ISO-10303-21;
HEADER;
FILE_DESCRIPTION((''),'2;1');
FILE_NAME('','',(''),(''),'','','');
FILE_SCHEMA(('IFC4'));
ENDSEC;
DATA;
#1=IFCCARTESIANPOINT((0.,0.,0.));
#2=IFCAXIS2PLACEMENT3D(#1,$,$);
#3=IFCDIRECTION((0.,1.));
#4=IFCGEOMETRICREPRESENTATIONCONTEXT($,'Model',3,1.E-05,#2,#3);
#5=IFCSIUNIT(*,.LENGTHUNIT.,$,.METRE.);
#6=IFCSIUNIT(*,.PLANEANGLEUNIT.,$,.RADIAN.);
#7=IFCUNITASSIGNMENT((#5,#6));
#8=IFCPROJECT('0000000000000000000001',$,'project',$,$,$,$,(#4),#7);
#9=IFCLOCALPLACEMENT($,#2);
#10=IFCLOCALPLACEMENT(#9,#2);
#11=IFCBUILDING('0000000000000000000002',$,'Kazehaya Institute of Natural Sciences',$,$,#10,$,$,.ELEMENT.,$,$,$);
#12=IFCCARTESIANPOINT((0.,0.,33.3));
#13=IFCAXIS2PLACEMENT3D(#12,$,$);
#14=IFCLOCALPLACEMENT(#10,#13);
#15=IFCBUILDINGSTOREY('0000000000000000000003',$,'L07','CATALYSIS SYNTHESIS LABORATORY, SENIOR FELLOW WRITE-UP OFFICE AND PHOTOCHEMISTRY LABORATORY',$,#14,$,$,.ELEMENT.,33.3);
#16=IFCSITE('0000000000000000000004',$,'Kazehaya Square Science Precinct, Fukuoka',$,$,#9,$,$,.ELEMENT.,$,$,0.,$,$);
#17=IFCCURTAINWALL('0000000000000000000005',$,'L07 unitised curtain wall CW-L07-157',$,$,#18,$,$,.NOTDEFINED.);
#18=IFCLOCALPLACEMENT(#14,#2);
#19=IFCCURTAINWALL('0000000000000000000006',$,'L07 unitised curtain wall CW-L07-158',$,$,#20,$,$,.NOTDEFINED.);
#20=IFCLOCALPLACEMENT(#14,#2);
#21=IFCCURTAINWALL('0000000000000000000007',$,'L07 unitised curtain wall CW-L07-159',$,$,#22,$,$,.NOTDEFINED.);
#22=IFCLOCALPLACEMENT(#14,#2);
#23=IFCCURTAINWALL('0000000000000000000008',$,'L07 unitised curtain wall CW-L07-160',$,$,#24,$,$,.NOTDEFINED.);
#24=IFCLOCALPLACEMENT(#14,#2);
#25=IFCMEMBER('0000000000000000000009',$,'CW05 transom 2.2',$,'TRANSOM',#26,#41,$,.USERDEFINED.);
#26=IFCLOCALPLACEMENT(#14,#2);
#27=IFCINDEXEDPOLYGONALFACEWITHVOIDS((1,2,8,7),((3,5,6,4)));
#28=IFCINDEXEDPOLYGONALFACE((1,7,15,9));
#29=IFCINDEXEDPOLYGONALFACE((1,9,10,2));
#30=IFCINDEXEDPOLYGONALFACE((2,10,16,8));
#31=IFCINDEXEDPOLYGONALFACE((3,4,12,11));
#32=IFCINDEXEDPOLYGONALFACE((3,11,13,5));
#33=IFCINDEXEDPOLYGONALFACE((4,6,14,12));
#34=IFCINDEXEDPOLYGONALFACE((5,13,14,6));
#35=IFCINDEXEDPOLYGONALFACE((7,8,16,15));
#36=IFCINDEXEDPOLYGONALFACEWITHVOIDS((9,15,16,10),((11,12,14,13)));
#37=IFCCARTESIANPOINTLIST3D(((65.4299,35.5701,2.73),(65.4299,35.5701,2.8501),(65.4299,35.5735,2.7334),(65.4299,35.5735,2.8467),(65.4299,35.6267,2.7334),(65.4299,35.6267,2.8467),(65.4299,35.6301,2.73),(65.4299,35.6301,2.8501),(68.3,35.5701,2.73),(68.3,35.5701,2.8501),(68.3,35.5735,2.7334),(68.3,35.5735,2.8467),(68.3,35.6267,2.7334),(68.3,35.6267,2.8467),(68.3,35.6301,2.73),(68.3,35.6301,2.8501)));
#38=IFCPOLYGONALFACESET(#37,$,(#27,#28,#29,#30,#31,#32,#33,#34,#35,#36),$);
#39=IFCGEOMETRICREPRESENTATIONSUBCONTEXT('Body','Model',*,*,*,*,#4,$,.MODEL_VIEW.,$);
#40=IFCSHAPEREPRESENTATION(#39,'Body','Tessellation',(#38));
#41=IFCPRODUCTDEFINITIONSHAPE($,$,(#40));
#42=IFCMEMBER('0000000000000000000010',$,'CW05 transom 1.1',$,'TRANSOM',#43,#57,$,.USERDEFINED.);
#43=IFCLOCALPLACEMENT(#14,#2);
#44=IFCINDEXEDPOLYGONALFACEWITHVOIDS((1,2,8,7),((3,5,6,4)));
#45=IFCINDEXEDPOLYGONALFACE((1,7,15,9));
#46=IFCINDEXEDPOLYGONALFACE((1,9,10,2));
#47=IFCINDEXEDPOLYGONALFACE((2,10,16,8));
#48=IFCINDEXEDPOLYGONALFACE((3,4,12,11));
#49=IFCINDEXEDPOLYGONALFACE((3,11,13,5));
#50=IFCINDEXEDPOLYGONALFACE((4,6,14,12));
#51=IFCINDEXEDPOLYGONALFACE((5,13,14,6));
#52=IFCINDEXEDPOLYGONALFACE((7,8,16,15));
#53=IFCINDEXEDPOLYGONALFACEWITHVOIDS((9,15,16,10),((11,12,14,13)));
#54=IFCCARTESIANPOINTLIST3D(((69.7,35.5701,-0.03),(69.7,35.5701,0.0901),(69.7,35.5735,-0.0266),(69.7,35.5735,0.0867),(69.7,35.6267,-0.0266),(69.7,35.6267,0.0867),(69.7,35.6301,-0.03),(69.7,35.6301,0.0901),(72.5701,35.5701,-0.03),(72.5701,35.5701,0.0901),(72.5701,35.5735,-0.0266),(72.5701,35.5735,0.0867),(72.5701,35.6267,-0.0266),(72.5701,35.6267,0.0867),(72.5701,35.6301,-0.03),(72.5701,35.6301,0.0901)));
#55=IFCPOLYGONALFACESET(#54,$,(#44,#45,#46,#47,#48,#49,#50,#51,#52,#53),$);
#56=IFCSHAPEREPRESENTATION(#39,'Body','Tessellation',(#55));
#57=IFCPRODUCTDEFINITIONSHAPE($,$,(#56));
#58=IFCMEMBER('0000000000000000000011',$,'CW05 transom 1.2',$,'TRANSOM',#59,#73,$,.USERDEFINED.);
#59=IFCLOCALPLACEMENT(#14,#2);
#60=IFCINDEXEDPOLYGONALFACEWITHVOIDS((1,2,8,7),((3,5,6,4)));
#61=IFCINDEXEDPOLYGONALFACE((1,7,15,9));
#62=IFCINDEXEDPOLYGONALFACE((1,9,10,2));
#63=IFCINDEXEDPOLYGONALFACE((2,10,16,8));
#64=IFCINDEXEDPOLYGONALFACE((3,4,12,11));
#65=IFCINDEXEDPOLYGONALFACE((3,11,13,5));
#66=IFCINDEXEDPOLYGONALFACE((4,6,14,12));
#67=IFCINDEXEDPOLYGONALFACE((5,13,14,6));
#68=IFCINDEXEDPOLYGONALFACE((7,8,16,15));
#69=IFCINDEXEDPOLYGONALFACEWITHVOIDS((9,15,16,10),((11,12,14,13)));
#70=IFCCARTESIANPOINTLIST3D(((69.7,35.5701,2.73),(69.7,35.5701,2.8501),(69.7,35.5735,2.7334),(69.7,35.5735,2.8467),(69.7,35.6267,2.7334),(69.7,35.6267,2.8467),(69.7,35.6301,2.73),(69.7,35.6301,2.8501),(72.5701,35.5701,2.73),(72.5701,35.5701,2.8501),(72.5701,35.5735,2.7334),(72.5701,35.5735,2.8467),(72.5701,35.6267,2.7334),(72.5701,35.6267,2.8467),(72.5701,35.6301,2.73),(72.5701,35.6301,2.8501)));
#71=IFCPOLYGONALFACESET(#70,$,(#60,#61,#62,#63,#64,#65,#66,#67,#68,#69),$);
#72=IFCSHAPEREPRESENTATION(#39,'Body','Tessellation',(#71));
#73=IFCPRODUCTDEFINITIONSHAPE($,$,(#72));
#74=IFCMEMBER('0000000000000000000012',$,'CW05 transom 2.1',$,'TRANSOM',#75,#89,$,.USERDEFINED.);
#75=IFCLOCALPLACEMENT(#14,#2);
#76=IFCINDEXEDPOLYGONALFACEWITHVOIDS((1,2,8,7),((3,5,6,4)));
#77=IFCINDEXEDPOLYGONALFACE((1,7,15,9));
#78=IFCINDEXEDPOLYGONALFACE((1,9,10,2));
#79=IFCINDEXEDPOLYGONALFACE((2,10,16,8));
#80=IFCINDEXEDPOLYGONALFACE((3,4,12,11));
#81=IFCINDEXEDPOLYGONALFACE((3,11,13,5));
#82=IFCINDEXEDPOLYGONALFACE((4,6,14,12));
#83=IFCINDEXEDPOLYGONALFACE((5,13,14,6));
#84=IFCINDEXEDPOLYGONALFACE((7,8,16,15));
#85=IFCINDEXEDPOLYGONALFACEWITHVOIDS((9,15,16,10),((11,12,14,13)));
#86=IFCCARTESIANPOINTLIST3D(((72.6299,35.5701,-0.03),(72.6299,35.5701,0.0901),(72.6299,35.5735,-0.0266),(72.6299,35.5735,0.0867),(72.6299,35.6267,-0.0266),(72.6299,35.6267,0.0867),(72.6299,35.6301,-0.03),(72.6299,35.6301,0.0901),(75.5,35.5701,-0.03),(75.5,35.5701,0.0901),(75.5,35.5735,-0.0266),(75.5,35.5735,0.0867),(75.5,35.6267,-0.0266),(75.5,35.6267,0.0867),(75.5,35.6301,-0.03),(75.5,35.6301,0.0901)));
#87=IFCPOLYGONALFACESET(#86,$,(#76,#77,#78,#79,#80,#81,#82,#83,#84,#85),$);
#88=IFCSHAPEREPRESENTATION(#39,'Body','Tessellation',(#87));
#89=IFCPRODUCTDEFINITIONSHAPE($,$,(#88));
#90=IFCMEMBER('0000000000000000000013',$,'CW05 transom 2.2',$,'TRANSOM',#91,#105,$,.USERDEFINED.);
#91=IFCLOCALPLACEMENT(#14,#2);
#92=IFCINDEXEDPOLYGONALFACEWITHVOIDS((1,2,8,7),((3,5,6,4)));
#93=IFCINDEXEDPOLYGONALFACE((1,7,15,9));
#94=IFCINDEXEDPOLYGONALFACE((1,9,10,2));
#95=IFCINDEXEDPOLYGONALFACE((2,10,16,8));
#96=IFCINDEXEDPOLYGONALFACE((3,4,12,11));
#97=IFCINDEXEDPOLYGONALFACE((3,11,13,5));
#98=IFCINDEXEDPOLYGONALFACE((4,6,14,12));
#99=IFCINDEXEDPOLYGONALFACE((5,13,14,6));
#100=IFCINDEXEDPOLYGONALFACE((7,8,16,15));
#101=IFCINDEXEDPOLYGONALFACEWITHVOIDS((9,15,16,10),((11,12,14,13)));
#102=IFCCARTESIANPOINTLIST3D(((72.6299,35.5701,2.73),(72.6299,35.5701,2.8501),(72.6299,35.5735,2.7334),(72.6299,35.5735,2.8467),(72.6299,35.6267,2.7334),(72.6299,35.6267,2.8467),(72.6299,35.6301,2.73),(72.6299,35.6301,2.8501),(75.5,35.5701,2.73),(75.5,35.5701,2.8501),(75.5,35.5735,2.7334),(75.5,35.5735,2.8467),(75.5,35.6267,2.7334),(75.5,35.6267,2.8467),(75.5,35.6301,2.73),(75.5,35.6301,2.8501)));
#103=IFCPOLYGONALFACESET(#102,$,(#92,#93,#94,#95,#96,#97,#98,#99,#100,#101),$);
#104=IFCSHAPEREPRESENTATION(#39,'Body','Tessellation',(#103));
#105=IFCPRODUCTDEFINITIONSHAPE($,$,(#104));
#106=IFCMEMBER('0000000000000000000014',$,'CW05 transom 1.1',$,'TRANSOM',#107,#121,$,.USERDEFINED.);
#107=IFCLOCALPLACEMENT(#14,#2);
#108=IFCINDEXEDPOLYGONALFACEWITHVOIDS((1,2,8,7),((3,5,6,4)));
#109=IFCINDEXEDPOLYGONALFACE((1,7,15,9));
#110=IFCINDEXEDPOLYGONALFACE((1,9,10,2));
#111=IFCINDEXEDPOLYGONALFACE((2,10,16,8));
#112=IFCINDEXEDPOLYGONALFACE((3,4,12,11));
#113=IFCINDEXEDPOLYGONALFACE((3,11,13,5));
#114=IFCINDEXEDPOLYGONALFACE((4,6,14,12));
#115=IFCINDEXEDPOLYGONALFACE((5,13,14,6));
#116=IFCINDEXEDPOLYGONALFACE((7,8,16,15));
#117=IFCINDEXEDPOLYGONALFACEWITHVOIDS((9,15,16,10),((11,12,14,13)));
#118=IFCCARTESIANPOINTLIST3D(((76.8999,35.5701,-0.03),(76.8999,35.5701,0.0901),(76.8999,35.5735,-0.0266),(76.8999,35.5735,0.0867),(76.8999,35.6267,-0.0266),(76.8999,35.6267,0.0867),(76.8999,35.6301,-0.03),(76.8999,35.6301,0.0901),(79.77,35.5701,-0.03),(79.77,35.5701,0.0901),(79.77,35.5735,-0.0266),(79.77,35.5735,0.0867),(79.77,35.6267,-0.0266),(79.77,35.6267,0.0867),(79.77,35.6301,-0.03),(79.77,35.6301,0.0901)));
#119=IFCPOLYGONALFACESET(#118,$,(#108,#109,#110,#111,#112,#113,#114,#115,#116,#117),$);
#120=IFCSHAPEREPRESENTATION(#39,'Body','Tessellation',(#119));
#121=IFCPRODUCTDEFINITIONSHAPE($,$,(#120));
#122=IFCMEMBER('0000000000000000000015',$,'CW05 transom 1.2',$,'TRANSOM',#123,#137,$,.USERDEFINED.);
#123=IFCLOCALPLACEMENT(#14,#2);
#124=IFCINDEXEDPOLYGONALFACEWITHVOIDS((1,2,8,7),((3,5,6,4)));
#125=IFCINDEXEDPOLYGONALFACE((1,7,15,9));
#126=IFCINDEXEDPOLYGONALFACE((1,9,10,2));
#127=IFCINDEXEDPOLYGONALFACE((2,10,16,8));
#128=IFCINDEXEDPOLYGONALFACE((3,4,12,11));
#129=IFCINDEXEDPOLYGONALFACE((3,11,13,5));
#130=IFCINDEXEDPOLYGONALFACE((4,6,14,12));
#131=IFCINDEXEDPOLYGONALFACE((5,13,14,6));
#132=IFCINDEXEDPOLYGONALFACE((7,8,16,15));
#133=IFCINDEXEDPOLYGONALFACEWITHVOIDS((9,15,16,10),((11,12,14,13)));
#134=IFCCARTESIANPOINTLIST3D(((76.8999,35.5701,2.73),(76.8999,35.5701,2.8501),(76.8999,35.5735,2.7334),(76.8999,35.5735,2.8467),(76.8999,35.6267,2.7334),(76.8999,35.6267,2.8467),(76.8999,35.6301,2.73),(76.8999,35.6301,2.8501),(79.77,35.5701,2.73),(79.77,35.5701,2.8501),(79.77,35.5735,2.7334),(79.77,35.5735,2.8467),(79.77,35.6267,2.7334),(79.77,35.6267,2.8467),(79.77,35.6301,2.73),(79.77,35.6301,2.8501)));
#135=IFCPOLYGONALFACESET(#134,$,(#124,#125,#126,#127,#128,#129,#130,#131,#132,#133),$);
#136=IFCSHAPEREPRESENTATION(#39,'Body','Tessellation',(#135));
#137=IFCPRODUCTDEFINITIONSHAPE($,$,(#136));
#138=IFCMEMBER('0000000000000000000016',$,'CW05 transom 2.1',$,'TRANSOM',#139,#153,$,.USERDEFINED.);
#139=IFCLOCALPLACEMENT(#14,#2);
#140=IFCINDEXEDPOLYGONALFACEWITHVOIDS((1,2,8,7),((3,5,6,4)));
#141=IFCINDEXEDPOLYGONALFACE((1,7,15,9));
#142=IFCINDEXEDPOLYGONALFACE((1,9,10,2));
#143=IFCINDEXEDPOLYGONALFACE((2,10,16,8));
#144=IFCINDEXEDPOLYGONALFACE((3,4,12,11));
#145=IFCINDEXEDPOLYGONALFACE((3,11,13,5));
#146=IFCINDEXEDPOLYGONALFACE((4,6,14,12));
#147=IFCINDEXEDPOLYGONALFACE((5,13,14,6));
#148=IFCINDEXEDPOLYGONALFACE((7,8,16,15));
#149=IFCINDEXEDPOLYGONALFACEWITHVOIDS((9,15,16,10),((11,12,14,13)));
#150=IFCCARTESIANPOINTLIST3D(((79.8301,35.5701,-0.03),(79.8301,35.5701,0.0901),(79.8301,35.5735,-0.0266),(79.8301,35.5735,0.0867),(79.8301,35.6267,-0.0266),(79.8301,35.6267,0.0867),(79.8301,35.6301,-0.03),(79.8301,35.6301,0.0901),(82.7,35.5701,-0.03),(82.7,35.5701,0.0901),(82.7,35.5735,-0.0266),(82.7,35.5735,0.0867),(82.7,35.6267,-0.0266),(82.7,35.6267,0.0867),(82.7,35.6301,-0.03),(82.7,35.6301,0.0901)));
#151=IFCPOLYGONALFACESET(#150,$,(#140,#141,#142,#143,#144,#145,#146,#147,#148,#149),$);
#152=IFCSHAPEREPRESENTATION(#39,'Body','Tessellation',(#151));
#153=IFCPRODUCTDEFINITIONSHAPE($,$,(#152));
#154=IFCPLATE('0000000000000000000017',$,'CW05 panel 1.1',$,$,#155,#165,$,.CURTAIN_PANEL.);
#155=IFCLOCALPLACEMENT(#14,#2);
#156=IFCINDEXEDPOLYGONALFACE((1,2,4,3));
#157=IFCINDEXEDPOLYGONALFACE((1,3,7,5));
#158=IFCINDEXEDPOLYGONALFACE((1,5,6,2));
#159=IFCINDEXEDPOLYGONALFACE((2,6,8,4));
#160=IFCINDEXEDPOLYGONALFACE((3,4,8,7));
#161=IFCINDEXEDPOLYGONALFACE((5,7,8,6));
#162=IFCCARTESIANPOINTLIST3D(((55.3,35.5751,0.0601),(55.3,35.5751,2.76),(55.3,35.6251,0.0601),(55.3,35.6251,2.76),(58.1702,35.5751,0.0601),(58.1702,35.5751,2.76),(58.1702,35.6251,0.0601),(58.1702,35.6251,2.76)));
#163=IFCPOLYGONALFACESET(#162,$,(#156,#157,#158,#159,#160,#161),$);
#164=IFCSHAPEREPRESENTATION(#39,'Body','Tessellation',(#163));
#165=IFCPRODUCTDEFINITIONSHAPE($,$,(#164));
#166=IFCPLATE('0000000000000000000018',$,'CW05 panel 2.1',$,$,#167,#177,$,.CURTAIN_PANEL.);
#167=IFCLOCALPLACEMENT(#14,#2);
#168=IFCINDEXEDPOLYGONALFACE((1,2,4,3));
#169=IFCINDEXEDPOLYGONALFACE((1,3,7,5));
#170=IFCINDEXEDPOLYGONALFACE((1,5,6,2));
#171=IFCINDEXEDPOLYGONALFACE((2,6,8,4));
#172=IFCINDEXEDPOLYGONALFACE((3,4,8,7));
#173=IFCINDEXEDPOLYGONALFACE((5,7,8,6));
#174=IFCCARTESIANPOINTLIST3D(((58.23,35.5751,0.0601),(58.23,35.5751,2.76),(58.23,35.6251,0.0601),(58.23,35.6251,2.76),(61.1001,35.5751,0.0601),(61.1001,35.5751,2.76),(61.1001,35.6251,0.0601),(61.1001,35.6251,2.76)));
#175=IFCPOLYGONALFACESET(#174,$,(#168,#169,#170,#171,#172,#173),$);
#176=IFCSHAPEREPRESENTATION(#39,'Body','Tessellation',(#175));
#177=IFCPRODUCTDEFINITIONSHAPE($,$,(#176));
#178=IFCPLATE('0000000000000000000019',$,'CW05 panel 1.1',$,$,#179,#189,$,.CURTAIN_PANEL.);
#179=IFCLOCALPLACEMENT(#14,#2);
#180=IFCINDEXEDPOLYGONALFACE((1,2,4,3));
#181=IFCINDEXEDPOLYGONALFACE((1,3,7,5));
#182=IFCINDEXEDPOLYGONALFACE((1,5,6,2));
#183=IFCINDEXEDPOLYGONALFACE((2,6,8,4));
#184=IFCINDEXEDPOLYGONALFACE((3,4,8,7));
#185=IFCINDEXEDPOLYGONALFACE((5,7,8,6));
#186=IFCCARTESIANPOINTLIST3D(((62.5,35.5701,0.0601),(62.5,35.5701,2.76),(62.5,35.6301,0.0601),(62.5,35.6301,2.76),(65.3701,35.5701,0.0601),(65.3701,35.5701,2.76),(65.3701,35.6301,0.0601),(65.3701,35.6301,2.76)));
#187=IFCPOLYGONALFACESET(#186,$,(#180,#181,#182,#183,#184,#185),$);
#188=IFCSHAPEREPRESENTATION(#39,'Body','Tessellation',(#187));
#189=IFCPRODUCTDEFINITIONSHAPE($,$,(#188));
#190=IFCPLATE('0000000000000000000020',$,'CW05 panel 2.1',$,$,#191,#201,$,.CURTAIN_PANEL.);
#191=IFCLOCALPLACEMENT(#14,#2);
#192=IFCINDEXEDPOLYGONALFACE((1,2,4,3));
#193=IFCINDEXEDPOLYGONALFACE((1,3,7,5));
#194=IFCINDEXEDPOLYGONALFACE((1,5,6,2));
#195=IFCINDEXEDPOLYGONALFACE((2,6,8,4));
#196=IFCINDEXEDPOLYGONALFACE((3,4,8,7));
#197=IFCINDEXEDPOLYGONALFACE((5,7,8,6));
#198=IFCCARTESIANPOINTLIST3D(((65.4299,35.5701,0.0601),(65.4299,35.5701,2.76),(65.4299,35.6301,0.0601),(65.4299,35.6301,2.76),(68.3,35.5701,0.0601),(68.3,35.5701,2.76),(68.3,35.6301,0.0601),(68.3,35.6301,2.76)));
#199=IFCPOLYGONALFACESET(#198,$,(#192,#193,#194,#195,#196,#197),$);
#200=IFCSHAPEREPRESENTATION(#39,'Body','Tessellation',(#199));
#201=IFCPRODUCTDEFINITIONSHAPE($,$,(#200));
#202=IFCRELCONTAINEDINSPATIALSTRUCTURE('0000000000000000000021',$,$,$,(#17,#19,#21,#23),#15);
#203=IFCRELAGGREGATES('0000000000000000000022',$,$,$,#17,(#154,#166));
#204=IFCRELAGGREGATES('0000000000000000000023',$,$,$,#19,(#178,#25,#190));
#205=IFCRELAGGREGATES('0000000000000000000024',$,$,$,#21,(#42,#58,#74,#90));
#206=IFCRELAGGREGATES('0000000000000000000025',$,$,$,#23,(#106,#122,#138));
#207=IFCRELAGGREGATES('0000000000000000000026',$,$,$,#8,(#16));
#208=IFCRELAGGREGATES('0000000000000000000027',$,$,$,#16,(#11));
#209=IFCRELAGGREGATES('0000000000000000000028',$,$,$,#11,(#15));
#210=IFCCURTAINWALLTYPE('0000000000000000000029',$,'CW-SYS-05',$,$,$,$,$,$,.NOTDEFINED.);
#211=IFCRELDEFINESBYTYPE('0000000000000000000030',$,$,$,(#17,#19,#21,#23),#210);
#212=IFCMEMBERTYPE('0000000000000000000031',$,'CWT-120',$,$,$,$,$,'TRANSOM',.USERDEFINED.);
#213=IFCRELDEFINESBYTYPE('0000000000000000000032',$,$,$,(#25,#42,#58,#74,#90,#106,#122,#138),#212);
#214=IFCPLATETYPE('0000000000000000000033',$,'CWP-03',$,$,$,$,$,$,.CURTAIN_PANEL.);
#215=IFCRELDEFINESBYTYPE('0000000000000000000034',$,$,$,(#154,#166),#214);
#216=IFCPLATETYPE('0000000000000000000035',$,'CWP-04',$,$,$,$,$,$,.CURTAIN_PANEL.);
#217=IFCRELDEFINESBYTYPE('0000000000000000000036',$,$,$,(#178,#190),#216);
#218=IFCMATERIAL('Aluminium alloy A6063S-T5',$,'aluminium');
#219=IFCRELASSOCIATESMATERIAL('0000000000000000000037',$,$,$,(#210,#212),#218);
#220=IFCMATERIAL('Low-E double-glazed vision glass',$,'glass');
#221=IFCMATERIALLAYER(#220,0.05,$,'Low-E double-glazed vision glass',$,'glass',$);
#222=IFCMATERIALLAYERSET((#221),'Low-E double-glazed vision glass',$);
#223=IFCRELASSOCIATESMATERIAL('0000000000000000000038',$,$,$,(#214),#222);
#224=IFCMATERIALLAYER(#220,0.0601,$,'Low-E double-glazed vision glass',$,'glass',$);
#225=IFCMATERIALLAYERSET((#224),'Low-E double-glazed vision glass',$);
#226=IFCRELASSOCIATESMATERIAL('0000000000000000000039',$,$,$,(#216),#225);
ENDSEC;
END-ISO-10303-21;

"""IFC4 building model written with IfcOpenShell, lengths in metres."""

from ifc_helpers import new_model, si_unit, direction, frame, origin, origin_2d, place, context, subcontext, project, spatial, rectangle, hollow_rectangle, extrude, material, layer, layer_set, material_profile, profile_set, type_object, element, aggregate, save


model = new_model("IFC4")

# Units and contexts
model_context = context("Model", 3, precision=1e-05, world=origin(), true_north=direction((0.0, 1.0)))
body_context = subcontext(model_context, "Body", "Model", "MODEL_VIEW")
ifc_project = project(units=[si_unit("LENGTHUNIT", "METRE"), si_unit("PLANEANGLEUNIT", "RADIAN")], contexts=[model_context])

# Site, building, storey
site_placement = place(None, origin())
site = spatial("IfcSite", under=ifc_project, at=site_placement, Name="Kazehaya Square Science Precinct, Fukuoka", CompositionType="ELEMENT", RefElevation=0.0)
building_placement = place(site_placement, origin())
building = spatial("IfcBuilding", under=site, at=building_placement, Name="Kazehaya Institute of Natural Sciences", CompositionType="ELEMENT")
storey_placement = place(building_placement, frame((0.0, 0.0, 33.3)))
storey = spatial("IfcBuildingStorey", under=building, at=storey_placement, Name="L07", Description="CATALYSIS SYNTHESIS LABORATORY, SENIOR FELLOW WRITE-UP OFFICE AND PHOTOCHEMISTRY LABORATORY", CompositionType="ELEMENT", Elevation=33.3)

# Curtain walls
ifc_material_1 = material(Name="Aluminium alloy A6063S-T5", Category="aluminium")
curtain_wall_type = type_object("IfcCurtainWallType", Name="CW-SYS-05", PredefinedType="NOTDEFINED", material=ifc_material_1)
curtain_wall_1_placement = place(storey_placement, origin())
curtain_wall_1 = element("IfcCurtainWall", 1, at=curtain_wall_1_placement, inside=storey, type_object=curtain_wall_type, Name="L07 unitised curtain wall CW-L07-157", PredefinedType="NOTDEFINED")
curtain_wall_2_placement = place(storey_placement, origin())
curtain_wall_2 = element("IfcCurtainWall", 2, at=curtain_wall_2_placement, inside=storey, type_object=curtain_wall_type, Name="L07 unitised curtain wall CW-L07-158", PredefinedType="NOTDEFINED")
curtain_wall_3_placement = place(storey_placement, origin())
curtain_wall_3 = element("IfcCurtainWall", 3, at=curtain_wall_3_placement, inside=storey, type_object=curtain_wall_type, Name="L07 unitised curtain wall CW-L07-159", PredefinedType="NOTDEFINED")
curtain_wall_4_placement = place(storey_placement, origin())
curtain_wall_4 = element("IfcCurtainWall", 4, at=curtain_wall_4_placement, inside=storey, type_object=curtain_wall_type, Name="L07 unitised curtain wall CW-L07-160", PredefinedType="NOTDEFINED")

# Members
ifc_material_profile_1 = material_profile(ifc_material_1, hollow_rectangle(XDim=0.0601, YDim=0.1201, WallThickness=0.0034, at=origin_2d()), Name="ALU-60x120x3.5")
ifc_profile_set_1 = profile_set([ifc_material_profile_1], Name="Aluminium alloy A6063S-T5")
member_type_1 = type_object("IfcMemberType", Name="CWT-120", ElementType="TRANSOM", PredefinedType="USERDEFINED", material=ifc_profile_set_1)
member_1_placement = place(storey_placement, frame((65.4299, 35.6001, 2.79), z_axis=(1.0, 0.0, 0.0), x_axis=(0.0, 1.0, 0.0)))
member_1 = element("IfcMember", 5, at=member_1_placement, type_object=member_type_1, Name="CW05 transom 2.2", ObjectType="TRANSOM", PredefinedType="USERDEFINED", context=body_context, shape_type="SweptSolid", body=[
    extrude(hollow_rectangle(XDim=0.0601, YDim=0.1201, WallThickness=0.0034, at=origin_2d()), origin(), (0.0, 0.0, 1.0), 2.8701),
])
member_2_placement = place(storey_placement, frame((69.7, 35.6001, 0.03), z_axis=(1.0, 0.0, 0.0), x_axis=(0.0, 1.0, 0.0)))
member_2 = element("IfcMember", 6, at=member_2_placement, type_object=member_type_1, Name="CW05 transom 1.1", ObjectType="TRANSOM", PredefinedType="USERDEFINED", context=body_context, shape_type="SweptSolid", body=[
    extrude(hollow_rectangle(XDim=0.0601, YDim=0.1201, WallThickness=0.0034, at=origin_2d()), origin(), (0.0, 0.0, 1.0), 2.8701),
])
member_3_placement = place(storey_placement, frame((69.7, 35.6001, 2.79), z_axis=(1.0, 0.0, 0.0), x_axis=(0.0, 1.0, 0.0)))
member_3 = element("IfcMember", 7, at=member_3_placement, type_object=member_type_1, Name="CW05 transom 1.2", ObjectType="TRANSOM", PredefinedType="USERDEFINED", context=body_context, shape_type="SweptSolid", body=[
    extrude(hollow_rectangle(XDim=0.0601, YDim=0.1201, WallThickness=0.0034, at=origin_2d()), origin(), (0.0, 0.0, 1.0), 2.8701),
])
member_4_placement = place(storey_placement, frame((72.6299, 35.6001, 0.03), z_axis=(1.0, 0.0, 0.0), x_axis=(0.0, 1.0, 0.0)))
member_4 = element("IfcMember", 8, at=member_4_placement, type_object=member_type_1, Name="CW05 transom 2.1", ObjectType="TRANSOM", PredefinedType="USERDEFINED", context=body_context, shape_type="SweptSolid", body=[
    extrude(hollow_rectangle(XDim=0.0601, YDim=0.1201, WallThickness=0.0034, at=origin_2d()), origin(), (0.0, 0.0, 1.0), 2.8701),
])
member_5_placement = place(storey_placement, frame((72.6299, 35.6001, 2.79), z_axis=(1.0, 0.0, 0.0), x_axis=(0.0, 1.0, 0.0)))
member_5 = element("IfcMember", 9, at=member_5_placement, type_object=member_type_1, Name="CW05 transom 2.2", ObjectType="TRANSOM", PredefinedType="USERDEFINED", context=body_context, shape_type="SweptSolid", body=[
    extrude(hollow_rectangle(XDim=0.0601, YDim=0.1201, WallThickness=0.0034, at=origin_2d()), origin(), (0.0, 0.0, 1.0), 2.8701),
])
member_6_placement = place(storey_placement, frame((76.8999, 35.6001, 0.03), z_axis=(1.0, 0.0, 0.0), x_axis=(0.0, 1.0, 0.0)))
member_6 = element("IfcMember", 10, at=member_6_placement, type_object=member_type_1, Name="CW05 transom 1.1", ObjectType="TRANSOM", PredefinedType="USERDEFINED", context=body_context, shape_type="SweptSolid", body=[
    extrude(hollow_rectangle(XDim=0.0601, YDim=0.1201, WallThickness=0.0034, at=origin_2d()), origin(), (0.0, 0.0, 1.0), 2.8701),
])
member_7_placement = place(storey_placement, frame((76.8999, 35.6001, 2.79), z_axis=(1.0, 0.0, 0.0), x_axis=(0.0, 1.0, 0.0)))
member_7 = element("IfcMember", 11, at=member_7_placement, type_object=member_type_1, Name="CW05 transom 1.2", ObjectType="TRANSOM", PredefinedType="USERDEFINED", context=body_context, shape_type="SweptSolid", body=[
    extrude(hollow_rectangle(XDim=0.0601, YDim=0.1201, WallThickness=0.0034, at=origin_2d()), origin(), (0.0, 0.0, 1.0), 2.8701),
])
member_8_placement = place(storey_placement, frame((79.8301, 35.6001, 0.03), z_axis=(1.0, 0.0, 0.0), x_axis=(0.0, 1.0, 0.0)))
member_8 = element("IfcMember", 12, at=member_8_placement, type_object=member_type_1, Name="CW05 transom 2.1", ObjectType="TRANSOM", PredefinedType="USERDEFINED", context=body_context, shape_type="SweptSolid", body=[
    extrude(hollow_rectangle(XDim=0.0601, YDim=0.1201, WallThickness=0.0034, at=origin_2d()), origin(), (0.0, 0.0, 1.0), 2.8699),
])

# Plates
ifc_material_2 = material(Name="Low-E double-glazed vision glass", Category="glass")
ifc_layer_1 = layer(ifc_material_2, 0.05, Name="Low-E double-glazed vision glass", Category="glass")
ifc_layer_set_1 = layer_set([ifc_layer_1], Name="Low-E double-glazed vision glass")
plate_type_1 = type_object("IfcPlateType", Name="CWP-03", PredefinedType="CURTAIN_PANEL", material=ifc_layer_set_1)
plate_1_placement = place(storey_placement, frame((56.7351, 35.6001, 0.0601), z_axis=(0.0, 0.0, 1.0), x_axis=(1.0, 0.0, 0.0)))
plate_1 = element("IfcPlate", 13, at=plate_1_placement, type_object=plate_type_1, Name="CW05 panel 1.1", PredefinedType="CURTAIN_PANEL", context=body_context, shape_type="SweptSolid", body=[
    extrude(rectangle(XDim=2.8701, YDim=0.05, at=origin_2d()), origin(), (0.0, 0.0, 1.0), 2.7),
])
plate_2_placement = place(storey_placement, frame((59.665, 35.6001, 0.0601), z_axis=(0.0, 0.0, 1.0), x_axis=(1.0, 0.0, 0.0)))
plate_2 = element("IfcPlate", 14, at=plate_2_placement, type_object=plate_type_1, Name="CW05 panel 2.1", PredefinedType="CURTAIN_PANEL", context=body_context, shape_type="SweptSolid", body=[
    extrude(rectangle(XDim=2.8701, YDim=0.05, at=origin_2d()), origin(), (0.0, 0.0, 1.0), 2.7),
])
aggregate(curtain_wall_1, [plate_1, plate_2])
ifc_layer_2 = layer(ifc_material_2, 0.0601, Name="Low-E double-glazed vision glass", Category="glass")
ifc_layer_set_2 = layer_set([ifc_layer_2], Name="Low-E double-glazed vision glass")
plate_type_2 = type_object("IfcPlateType", Name="CWP-04", PredefinedType="CURTAIN_PANEL", material=ifc_layer_set_2)
plate_3_placement = place(storey_placement, frame((63.9351, 35.6001, 0.0601), z_axis=(0.0, 0.0, 1.0), x_axis=(1.0, 0.0, 0.0)))
plate_3 = element("IfcPlate", 15, at=plate_3_placement, type_object=plate_type_2, Name="CW05 panel 1.1", PredefinedType="CURTAIN_PANEL", context=body_context, shape_type="SweptSolid", body=[
    extrude(rectangle(XDim=2.8701, YDim=0.0601, at=origin_2d()), origin(), (0.0, 0.0, 1.0), 2.7),
])
plate_4_placement = place(storey_placement, frame((66.865, 35.6001, 0.0601), z_axis=(0.0, 0.0, 1.0), x_axis=(1.0, 0.0, 0.0)))
plate_4 = element("IfcPlate", 16, at=plate_4_placement, type_object=plate_type_2, Name="CW05 panel 2.1", PredefinedType="CURTAIN_PANEL", context=body_context, shape_type="SweptSolid", body=[
    extrude(rectangle(XDim=2.8701, YDim=0.0601, at=origin_2d()), origin(), (0.0, 0.0, 1.0), 2.7),
])
aggregate(curtain_wall_2, [plate_3, member_1, plate_4])
aggregate(curtain_wall_3, [member_2, member_3, member_4, member_5])
aggregate(curtain_wall_4, [member_6, member_7, member_8])

save(model, "model.ifc")
